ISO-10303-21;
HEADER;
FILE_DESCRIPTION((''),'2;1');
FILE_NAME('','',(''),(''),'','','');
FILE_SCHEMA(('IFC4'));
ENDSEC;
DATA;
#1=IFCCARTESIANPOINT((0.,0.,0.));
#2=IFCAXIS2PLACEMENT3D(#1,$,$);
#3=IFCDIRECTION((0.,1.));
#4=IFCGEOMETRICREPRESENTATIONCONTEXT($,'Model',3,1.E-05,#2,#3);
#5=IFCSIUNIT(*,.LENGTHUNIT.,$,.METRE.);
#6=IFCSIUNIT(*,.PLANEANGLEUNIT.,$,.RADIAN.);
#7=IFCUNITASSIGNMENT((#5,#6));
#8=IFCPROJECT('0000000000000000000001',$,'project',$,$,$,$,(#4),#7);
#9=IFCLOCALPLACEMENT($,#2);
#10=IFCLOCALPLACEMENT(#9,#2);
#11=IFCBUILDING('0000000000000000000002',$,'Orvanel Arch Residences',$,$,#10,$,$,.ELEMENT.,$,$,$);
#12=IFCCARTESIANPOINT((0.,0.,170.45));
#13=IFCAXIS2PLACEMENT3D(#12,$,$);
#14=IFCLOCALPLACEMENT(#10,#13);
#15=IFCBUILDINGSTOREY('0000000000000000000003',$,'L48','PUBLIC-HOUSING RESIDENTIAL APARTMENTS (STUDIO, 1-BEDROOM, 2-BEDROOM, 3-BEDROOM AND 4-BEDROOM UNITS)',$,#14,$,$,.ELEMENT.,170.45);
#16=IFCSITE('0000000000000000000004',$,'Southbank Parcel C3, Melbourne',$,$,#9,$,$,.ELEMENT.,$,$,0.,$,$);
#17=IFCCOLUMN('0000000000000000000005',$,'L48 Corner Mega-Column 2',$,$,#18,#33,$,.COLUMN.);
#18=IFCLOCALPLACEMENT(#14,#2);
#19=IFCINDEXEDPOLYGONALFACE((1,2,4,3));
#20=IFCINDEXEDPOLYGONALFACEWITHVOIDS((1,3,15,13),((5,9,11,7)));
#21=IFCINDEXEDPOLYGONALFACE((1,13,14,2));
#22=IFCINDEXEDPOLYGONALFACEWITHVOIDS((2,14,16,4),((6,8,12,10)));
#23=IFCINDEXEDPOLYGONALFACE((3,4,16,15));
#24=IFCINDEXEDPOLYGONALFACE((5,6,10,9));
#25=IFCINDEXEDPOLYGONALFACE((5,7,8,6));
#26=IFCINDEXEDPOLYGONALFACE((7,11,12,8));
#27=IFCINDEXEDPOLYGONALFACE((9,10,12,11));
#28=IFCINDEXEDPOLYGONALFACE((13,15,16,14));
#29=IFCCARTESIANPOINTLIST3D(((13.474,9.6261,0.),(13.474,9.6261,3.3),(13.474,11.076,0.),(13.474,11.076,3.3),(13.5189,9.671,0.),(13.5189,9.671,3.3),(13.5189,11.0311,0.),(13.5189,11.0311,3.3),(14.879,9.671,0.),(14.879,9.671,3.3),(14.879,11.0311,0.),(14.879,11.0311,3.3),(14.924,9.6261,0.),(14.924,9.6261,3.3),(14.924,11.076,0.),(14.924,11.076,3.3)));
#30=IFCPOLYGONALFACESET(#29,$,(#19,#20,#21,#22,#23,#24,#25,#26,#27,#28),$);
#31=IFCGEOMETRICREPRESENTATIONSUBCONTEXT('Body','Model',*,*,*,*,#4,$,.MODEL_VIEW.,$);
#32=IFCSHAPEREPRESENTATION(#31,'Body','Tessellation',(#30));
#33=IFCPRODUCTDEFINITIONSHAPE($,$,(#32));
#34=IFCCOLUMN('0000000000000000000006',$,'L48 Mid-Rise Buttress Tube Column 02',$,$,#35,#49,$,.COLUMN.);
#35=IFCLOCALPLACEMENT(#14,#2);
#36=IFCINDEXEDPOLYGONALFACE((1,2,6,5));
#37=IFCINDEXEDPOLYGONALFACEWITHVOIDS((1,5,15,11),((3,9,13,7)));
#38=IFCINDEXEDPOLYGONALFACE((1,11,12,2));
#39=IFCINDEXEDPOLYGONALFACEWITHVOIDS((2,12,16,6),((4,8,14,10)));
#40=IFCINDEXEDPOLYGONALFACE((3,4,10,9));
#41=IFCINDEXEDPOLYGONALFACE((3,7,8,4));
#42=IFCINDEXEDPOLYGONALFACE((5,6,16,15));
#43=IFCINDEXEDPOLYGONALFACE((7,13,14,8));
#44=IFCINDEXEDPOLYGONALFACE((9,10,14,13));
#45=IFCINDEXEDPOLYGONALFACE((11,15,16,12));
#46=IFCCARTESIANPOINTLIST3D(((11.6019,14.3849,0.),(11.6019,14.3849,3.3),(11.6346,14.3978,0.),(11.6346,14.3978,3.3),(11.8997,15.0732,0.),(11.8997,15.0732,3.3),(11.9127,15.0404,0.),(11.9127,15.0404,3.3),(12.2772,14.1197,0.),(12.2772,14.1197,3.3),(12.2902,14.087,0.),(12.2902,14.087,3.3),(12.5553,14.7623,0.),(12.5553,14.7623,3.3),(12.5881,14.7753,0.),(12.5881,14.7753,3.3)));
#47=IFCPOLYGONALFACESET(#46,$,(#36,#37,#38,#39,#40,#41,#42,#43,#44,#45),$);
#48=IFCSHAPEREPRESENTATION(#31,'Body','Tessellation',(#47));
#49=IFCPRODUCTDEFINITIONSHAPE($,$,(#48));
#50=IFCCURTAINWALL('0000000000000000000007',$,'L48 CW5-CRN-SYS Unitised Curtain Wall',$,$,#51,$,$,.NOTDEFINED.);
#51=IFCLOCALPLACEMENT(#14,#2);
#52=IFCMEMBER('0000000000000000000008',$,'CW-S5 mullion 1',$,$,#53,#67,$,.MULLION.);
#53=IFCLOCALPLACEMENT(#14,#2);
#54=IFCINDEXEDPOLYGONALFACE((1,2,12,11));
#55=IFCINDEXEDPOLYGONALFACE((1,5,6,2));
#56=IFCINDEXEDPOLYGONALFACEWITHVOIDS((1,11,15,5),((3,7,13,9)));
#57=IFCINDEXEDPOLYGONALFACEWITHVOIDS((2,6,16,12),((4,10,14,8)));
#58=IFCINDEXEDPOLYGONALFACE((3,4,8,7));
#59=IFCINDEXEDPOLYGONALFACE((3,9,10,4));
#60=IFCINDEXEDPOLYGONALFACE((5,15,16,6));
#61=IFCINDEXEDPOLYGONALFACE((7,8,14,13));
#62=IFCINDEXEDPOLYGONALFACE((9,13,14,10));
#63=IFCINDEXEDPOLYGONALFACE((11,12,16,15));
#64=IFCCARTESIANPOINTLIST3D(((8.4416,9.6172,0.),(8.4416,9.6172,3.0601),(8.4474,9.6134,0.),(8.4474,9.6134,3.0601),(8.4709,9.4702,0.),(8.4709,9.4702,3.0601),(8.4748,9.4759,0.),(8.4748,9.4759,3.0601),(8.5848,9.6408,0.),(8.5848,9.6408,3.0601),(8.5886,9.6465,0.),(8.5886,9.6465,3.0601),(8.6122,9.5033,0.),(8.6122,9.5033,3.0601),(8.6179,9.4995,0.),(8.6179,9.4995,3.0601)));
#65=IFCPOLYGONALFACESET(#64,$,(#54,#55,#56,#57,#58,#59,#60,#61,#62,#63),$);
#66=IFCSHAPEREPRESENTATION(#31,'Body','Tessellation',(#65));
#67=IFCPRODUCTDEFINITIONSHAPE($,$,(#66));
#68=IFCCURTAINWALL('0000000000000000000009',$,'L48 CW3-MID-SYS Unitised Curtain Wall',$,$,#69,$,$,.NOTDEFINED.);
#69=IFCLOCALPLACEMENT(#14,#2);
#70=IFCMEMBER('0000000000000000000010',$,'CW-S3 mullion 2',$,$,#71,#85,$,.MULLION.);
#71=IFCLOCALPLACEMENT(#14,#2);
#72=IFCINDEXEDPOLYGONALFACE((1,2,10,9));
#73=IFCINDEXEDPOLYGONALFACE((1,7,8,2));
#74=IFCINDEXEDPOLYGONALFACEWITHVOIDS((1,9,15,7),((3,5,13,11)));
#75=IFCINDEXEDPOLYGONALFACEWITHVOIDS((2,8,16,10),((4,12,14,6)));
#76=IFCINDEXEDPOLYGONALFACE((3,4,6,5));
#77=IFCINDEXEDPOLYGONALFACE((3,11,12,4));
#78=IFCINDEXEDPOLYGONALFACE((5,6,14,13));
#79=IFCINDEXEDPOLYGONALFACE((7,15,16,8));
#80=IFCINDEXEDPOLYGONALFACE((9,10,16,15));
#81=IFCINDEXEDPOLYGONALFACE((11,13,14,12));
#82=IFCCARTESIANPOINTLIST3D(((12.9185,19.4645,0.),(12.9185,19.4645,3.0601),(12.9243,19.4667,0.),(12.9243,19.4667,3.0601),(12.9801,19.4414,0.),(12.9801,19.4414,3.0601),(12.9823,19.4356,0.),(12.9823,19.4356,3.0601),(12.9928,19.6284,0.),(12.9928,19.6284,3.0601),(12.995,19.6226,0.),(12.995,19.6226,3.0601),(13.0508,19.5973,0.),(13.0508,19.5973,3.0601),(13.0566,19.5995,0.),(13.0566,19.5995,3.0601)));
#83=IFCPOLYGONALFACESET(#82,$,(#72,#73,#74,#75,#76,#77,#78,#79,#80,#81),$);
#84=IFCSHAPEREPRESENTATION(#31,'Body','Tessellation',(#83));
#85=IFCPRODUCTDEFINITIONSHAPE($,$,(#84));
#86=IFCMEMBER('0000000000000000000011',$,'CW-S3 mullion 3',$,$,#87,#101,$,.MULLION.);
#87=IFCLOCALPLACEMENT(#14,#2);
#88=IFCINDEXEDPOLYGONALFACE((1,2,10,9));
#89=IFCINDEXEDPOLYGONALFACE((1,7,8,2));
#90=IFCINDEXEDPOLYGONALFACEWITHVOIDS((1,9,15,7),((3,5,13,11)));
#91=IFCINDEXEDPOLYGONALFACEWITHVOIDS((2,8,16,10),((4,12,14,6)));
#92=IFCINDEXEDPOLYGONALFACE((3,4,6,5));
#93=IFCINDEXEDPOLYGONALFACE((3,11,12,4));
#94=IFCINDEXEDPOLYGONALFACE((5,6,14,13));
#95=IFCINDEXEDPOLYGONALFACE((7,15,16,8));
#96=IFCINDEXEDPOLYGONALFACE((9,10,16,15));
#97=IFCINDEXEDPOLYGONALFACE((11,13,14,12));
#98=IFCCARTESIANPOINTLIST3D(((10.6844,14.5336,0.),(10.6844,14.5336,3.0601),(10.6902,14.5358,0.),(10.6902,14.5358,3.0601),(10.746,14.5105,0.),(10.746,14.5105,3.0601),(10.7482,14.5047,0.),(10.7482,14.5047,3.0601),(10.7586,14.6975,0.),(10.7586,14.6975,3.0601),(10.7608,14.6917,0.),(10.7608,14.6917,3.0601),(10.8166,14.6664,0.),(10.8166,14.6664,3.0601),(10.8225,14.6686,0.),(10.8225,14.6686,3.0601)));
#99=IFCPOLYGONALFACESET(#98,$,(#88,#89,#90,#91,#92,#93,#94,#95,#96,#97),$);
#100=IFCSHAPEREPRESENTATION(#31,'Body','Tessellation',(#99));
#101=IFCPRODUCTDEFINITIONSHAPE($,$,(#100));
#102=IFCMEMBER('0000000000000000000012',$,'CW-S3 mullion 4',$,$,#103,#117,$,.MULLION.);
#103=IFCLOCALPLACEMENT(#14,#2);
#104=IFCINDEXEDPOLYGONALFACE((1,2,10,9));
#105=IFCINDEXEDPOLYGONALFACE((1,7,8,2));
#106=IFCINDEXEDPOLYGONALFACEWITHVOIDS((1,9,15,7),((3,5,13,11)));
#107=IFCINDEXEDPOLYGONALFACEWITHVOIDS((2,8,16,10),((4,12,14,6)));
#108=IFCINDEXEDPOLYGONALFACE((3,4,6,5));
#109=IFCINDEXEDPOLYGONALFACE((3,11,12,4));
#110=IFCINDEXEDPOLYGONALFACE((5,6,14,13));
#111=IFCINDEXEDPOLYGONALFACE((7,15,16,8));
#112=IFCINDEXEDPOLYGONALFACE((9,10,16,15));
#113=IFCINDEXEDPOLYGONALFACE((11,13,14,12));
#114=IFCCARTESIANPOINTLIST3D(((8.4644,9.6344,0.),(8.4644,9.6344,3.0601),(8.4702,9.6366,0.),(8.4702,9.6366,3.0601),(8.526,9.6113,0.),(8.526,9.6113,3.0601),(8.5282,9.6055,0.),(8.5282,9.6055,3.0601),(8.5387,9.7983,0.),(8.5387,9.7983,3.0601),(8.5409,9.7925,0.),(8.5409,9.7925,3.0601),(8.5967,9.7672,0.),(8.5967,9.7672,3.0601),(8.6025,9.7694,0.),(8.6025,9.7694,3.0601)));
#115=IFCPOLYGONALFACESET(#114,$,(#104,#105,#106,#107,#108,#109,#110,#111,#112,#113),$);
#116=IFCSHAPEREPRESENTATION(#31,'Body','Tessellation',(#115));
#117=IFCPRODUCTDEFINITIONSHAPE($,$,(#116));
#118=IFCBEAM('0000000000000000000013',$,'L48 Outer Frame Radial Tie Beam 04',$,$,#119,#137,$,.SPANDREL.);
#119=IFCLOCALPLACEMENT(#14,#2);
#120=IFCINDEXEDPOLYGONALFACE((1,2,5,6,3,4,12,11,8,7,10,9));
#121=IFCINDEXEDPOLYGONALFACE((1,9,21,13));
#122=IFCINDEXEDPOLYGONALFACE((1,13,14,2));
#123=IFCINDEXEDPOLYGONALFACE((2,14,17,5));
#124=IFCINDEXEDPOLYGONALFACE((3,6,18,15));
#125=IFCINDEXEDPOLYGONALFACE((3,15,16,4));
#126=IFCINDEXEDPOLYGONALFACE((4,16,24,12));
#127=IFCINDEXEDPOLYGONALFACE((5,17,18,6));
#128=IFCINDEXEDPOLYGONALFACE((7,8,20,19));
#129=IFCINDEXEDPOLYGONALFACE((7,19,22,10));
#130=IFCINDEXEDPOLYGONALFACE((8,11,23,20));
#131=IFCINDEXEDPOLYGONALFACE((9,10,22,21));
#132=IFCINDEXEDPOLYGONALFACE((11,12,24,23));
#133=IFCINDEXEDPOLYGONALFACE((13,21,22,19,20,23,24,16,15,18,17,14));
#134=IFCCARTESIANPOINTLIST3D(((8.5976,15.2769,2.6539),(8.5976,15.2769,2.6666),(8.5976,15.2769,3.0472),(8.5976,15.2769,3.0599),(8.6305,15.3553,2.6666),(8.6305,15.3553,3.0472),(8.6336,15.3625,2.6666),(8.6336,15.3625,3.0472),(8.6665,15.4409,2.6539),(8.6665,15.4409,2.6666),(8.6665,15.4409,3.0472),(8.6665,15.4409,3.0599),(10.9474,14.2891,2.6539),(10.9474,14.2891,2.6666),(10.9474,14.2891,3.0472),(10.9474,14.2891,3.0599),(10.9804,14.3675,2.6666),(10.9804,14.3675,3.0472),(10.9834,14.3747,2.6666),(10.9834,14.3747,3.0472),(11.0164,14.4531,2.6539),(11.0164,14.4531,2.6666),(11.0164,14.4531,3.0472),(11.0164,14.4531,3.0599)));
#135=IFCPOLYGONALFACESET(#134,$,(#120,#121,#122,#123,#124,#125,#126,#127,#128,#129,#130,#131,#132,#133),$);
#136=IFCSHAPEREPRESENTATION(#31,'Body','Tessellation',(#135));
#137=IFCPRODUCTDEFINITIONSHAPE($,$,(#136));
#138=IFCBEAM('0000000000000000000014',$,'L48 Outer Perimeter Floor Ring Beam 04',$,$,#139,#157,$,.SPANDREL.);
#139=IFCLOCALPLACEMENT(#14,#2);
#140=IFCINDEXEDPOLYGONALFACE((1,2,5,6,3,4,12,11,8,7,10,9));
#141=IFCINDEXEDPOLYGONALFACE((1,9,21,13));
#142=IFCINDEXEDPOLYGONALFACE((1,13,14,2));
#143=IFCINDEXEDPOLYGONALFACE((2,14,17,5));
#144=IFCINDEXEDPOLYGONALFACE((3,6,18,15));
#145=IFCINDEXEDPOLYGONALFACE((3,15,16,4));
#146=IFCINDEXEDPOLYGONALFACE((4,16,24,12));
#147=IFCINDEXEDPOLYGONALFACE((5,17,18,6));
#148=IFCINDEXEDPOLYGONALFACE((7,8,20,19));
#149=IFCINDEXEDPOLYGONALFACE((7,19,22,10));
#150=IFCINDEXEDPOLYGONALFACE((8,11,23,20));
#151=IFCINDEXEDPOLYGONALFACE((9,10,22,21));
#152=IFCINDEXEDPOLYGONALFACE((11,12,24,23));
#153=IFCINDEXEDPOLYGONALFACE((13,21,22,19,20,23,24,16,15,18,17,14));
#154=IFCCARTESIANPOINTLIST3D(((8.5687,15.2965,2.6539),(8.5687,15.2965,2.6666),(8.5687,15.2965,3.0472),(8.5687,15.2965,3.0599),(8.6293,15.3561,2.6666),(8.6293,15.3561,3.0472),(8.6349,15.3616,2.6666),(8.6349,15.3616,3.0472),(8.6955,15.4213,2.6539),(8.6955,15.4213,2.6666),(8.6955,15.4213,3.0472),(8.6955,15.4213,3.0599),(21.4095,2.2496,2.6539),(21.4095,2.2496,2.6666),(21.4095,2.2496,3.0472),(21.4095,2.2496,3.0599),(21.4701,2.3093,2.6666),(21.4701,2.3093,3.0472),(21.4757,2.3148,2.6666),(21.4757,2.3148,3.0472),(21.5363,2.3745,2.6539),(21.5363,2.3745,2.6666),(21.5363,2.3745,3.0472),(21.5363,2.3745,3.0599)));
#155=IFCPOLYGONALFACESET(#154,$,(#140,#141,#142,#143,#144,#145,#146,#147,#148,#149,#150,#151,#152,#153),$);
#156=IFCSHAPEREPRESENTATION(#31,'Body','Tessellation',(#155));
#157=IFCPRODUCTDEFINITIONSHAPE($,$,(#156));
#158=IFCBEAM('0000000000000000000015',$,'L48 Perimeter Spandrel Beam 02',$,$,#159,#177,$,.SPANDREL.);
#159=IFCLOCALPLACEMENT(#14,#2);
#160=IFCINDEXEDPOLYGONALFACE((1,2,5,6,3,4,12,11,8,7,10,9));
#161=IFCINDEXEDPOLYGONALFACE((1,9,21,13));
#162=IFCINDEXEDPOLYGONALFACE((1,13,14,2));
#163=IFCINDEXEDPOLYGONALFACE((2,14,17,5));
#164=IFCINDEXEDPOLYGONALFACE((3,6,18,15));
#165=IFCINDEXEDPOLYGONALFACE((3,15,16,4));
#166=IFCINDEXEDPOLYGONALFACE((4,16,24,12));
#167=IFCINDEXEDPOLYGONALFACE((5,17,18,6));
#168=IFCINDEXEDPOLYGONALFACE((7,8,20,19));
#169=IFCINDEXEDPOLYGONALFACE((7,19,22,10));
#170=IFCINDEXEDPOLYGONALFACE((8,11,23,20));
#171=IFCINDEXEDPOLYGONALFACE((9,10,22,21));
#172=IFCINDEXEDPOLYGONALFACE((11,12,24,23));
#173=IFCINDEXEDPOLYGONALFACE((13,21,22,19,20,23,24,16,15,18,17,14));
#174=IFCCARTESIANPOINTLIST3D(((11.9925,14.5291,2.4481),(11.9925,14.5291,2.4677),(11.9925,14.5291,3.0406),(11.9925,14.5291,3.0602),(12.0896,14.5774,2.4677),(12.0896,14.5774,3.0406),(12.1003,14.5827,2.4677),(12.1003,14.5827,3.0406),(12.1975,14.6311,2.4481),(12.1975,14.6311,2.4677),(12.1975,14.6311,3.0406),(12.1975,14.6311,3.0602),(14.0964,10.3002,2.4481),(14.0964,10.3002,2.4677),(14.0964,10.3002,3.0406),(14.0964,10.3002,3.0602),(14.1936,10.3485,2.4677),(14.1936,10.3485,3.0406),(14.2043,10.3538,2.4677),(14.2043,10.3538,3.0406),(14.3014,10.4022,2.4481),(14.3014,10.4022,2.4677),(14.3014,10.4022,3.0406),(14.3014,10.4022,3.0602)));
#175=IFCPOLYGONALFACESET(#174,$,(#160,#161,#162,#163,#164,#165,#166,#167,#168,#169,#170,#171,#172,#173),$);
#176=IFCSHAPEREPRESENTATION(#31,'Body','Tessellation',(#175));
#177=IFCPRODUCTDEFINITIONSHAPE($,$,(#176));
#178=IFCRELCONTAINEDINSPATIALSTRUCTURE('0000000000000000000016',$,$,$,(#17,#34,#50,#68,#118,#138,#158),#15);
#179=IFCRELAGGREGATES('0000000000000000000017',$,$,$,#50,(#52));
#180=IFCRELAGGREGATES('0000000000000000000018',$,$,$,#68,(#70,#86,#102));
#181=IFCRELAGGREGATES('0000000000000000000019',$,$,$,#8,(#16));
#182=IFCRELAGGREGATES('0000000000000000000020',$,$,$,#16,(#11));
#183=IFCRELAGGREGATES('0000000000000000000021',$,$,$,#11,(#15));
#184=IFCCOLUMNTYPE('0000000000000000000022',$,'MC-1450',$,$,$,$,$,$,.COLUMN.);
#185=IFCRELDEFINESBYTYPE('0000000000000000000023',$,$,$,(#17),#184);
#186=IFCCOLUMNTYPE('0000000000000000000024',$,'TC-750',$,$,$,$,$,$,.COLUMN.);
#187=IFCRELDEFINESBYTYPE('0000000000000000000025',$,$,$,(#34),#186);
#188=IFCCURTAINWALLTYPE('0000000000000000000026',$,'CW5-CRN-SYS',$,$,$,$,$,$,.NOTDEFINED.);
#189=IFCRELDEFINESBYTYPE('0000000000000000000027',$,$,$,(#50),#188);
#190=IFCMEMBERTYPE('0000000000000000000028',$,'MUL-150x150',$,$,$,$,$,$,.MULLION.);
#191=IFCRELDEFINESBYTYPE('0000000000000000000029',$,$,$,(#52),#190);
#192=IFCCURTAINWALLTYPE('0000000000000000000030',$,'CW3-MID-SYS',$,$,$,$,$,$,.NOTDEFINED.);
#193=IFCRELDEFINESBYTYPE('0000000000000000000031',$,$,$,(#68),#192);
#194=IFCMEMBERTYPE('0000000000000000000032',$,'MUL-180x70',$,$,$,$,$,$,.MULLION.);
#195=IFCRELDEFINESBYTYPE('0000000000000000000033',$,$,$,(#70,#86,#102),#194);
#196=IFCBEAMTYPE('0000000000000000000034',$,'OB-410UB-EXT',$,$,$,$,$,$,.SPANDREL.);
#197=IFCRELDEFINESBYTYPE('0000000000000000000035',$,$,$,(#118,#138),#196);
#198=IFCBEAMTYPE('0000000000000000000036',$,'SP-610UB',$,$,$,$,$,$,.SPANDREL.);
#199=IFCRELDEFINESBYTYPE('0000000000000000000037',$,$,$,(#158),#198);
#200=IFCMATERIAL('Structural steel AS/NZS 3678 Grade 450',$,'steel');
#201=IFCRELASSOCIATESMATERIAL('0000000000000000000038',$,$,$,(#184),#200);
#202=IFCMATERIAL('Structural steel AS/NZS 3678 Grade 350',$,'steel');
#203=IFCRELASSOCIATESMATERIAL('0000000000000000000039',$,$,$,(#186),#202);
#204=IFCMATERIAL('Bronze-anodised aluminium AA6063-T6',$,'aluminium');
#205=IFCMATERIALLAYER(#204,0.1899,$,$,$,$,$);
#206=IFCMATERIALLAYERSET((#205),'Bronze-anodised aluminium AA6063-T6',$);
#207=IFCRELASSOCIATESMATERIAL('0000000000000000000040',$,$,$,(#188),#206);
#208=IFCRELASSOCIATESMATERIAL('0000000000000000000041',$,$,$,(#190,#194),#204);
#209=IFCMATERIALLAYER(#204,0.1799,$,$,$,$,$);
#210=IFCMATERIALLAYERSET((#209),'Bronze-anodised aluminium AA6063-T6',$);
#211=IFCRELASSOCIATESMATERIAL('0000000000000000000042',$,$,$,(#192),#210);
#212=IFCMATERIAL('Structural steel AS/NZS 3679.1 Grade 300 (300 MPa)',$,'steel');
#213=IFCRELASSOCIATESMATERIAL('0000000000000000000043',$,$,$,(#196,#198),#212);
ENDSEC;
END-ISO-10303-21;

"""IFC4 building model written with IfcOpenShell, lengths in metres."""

from ifc_helpers import new_model, si_unit, direction, frame, origin, origin_2d, place, context, subcontext, project, spatial, hollow_rectangle, i_section, extrude, material, layer, layer_set, material_profile, profile_set, type_object, element, aggregate, save


model = new_model("IFC4")

# Units and contexts
model_context = context("Model", 3, precision=1e-05, world=origin(), true_north=direction((0.0, 1.0)))
body_context = subcontext(model_context, "Body", "Model", "MODEL_VIEW")
ifc_project = project(units=[si_unit("LENGTHUNIT", "METRE"), si_unit("PLANEANGLEUNIT", "RADIAN")], contexts=[model_context])

# Site, building, storey
site_placement = place(None, origin())
site = spatial("IfcSite", under=ifc_project, at=site_placement, Name="Southbank Parcel C3, Melbourne", CompositionType="ELEMENT", RefElevation=0.0)
building_placement = place(site_placement, origin())
building = spatial("IfcBuilding", under=site, at=building_placement, Name="Orvanel Arch Residences", CompositionType="ELEMENT")
storey_placement = place(building_placement, frame((0.0, 0.0, 170.45)))
storey = spatial("IfcBuildingStorey", under=building, at=storey_placement, Name="L48", Description="PUBLIC-HOUSING RESIDENTIAL APARTMENTS (STUDIO, 1-BEDROOM, 2-BEDROOM, 3-BEDROOM AND 4-BEDROOM UNITS)", CompositionType="ELEMENT", Elevation=170.45)

# Columns
ifc_material_1 = material(Name="Structural steel AS/NZS 3678 Grade 450", Category="steel")
ifc_material_profile_1 = material_profile(ifc_material_1, hollow_rectangle(XDim=1.45, YDim=1.45, WallThickness=0.0449, at=origin_2d()), Name="BOX1450x1450x45")
ifc_profile_set_1 = profile_set([ifc_material_profile_1], Name="Structural steel AS/NZS 3678 Grade 450")
column_type_1 = type_object("IfcColumnType", Name="MC-1450", PredefinedType="COLUMN", material=ifc_profile_set_1)
column_1_placement = place(storey_placement, frame((14.199, 10.3511, 0.0), z_axis=(0.0, 0.0, 1.0), x_axis=(1.0, 0.0, 0.0)))
element("IfcColumn", 1, at=column_1_placement, inside=storey, type_object=column_type_1, Name="L48 Corner Mega-Column 2", PredefinedType="COLUMN", context=body_context, shape_type="SweptSolid", body=[
    extrude(hollow_rectangle(XDim=1.45, YDim=1.45, WallThickness=0.0449, at=origin_2d()), origin(), (0.0, 0.0, 1.0), 3.3),
])
ifc_material_2 = material(Name="Structural steel AS/NZS 3678 Grade 350", Category="steel")
ifc_material_profile_2 = material_profile(ifc_material_2, hollow_rectangle(XDim=0.75, YDim=0.75, WallThickness=0.0249, at=origin_2d()), Name="BOX750x750x25")
ifc_profile_set_2 = profile_set([ifc_material_profile_2], Name="Structural steel AS/NZS 3678 Grade 350")
column_type_2 = type_object("IfcColumnType", Name="TC-750", PredefinedType="COLUMN", material=ifc_profile_set_2)
column_2_placement = place(storey_placement, frame((12.095, 14.5801, 0.0), z_axis=(0.0, 0.0, 1.0), x_axis=(0.397148, 0.917755, 0.0)))
element("IfcColumn", 2, at=column_2_placement, inside=storey, type_object=column_type_2, Name="L48 Mid-Rise Buttress Tube Column 02", PredefinedType="COLUMN", context=body_context, shape_type="SweptSolid", body=[
    extrude(hollow_rectangle(XDim=0.75, YDim=0.75, WallThickness=0.0249, at=origin_2d()), origin(), (0.0, 0.0, 1.0), 3.3),
])

# Curtain wall, member
ifc_material_3 = material(Name="Bronze-anodised aluminium AA6063-T6", Category="aluminium")
ifc_layer_1 = layer(ifc_material_3, 0.1899)
ifc_layer_set_1 = layer_set([ifc_layer_1], Name="Bronze-anodised aluminium AA6063-T6")
curtain_wall_type_1 = type_object("IfcCurtainWallType", Name="CW5-CRN-SYS", PredefinedType="NOTDEFINED", material=ifc_layer_set_1)
curtain_wall_1_placement = place(storey_placement, origin())
curtain_wall_1 = element("IfcCurtainWall", 3, at=curtain_wall_1_placement, inside=storey, type_object=curtain_wall_type_1, Name="L48 CW5-CRN-SYS Unitised Curtain Wall", PredefinedType="NOTDEFINED")
ifc_material_profile_3 = material_profile(ifc_material_3, hollow_rectangle(XDim=0.1499, YDim=0.1499, WallThickness=0.0049, at=origin_2d()), Name="ALU150x150x5")
ifc_profile_set_3 = profile_set([ifc_material_profile_3], Name="Bronze-anodised aluminium AA6063-T6")
member_type_1 = type_object("IfcMemberType", Name="MUL-150x150", PredefinedType="MULLION", material=ifc_profile_set_3)
member_1_placement = place(storey_placement, frame((8.5298, 9.5583, 0.0), z_axis=(0.0, 0.0, 1.0), x_axis=(0.980694, 0.19555, 0.0)))
member_1 = element("IfcMember", 4, at=member_1_placement, type_object=member_type_1, Name="CW-S5 mullion 1", PredefinedType="MULLION", context=body_context, shape_type="SweptSolid", body=[
    extrude(hollow_rectangle(XDim=0.1499, YDim=0.1499, WallThickness=0.0049, at=origin_2d()), origin(), (0.0, 0.0, 1.0), 3.0601),
])
aggregate(curtain_wall_1, [member_1])

# Curtain wall, members
ifc_layer_2 = layer(ifc_material_3, 0.1799)
ifc_layer_set_2 = layer_set([ifc_layer_2], Name="Bronze-anodised aluminium AA6063-T6")
curtain_wall_type_2 = type_object("IfcCurtainWallType", Name="CW3-MID-SYS", PredefinedType="NOTDEFINED", material=ifc_layer_set_2)
curtain_wall_2_placement = place(storey_placement, origin())
curtain_wall_2 = element("IfcCurtainWall", 5, at=curtain_wall_2_placement, inside=storey, type_object=curtain_wall_type_2, Name="L48 CW3-MID-SYS Unitised Curtain Wall", PredefinedType="NOTDEFINED")
ifc_material_profile_4 = material_profile(ifc_material_3, hollow_rectangle(XDim=0.0701, YDim=0.1799, WallThickness=0.0044, at=origin_2d()), Name="ALU180x70x4.5")
ifc_profile_set_4 = profile_set([ifc_material_profile_4], Name="Bronze-anodised aluminium AA6063-T6")
member_type_2 = type_object("IfcMemberType", Name="MUL-180x70", PredefinedType="MULLION", material=ifc_profile_set_4)
member_2_placement = place(storey_placement, frame((12.9875, 19.532, 0.0), z_axis=(0.0, 0.0, 1.0), x_axis=(0.910855, -0.412726, 0.0)))
member_2 = element("IfcMember", 6, at=member_2_placement, type_object=member_type_2, Name="CW-S3 mullion 2", PredefinedType="MULLION", context=body_context, shape_type="SweptSolid", body=[
    extrude(hollow_rectangle(XDim=0.0701, YDim=0.1799, WallThickness=0.0044, at=origin_2d()), origin(), (0.0, 0.0, 1.0), 3.0601),
])
member_3_placement = place(storey_placement, frame((10.7534, 14.6011, 0.0), z_axis=(0.0, 0.0, 1.0), x_axis=(0.910855, -0.412726, 0.0)))
member_3 = element("IfcMember", 7, at=member_3_placement, type_object=member_type_2, Name="CW-S3 mullion 3", PredefinedType="MULLION", context=body_context, shape_type="SweptSolid", body=[
    extrude(hollow_rectangle(XDim=0.0701, YDim=0.1799, WallThickness=0.0044, at=origin_2d()), origin(), (0.0, 0.0, 1.0), 3.0601),
])
member_4_placement = place(storey_placement, frame((8.5334, 9.7019, 0.0), z_axis=(0.0, 0.0, 1.0), x_axis=(0.910855, -0.412726, 0.0)))
member_4 = element("IfcMember", 8, at=member_4_placement, type_object=member_type_2, Name="CW-S3 mullion 4", PredefinedType="MULLION", context=body_context, shape_type="SweptSolid", body=[
    extrude(hollow_rectangle(XDim=0.0701, YDim=0.1799, WallThickness=0.0044, at=origin_2d()), origin(), (0.0, 0.0, 1.0), 3.0601),
])

# Beams
ifc_material_4 = material(Name="Structural steel AS/NZS 3679.1 Grade 300 (300 MPa)", Category="steel")
ifc_material_profile_5 = material_profile(ifc_material_4, i_section(OverallWidth=0.178, OverallDepth=0.406, WebThickness=0.0078, FlangeThickness=0.0127, at=origin_2d()), Name="410UB59.7")
ifc_profile_set_5 = profile_set([ifc_material_profile_5], Name="Structural steel AS/NZS 3679.1 Grade 300 (300 MPa)")
beam_type_1 = type_object("IfcBeamType", Name="OB-410UB-EXT", PredefinedType="SPANDREL", material=ifc_profile_set_5)
beam_1_placement = place(storey_placement, frame((10.9819, 14.3711, 2.8569), z_axis=(-0.921862, 0.387517, 0.0), x_axis=(-0.387517, -0.921862, 0.0)))
element("IfcBeam", 9, at=beam_1_placement, inside=storey, type_object=beam_type_1, Name="L48 Outer Frame Radial Tie Beam 04", PredefinedType="SPANDREL", context=body_context, shape_type="SweptSolid", body=[
    extrude(i_section(OverallWidth=0.178, OverallDepth=0.406, WebThickness=0.0078, FlangeThickness=0.0127, at=origin_2d()), origin(), (0.0, 0.0, 1.0), 2.5491),
])
beam_2_placement = place(storey_placement, frame((8.6321, 15.3589, 2.8569), z_axis=(0.701456, -0.712712, 0.0), x_axis=(0.712712, 0.701456, 0.0)))
element("IfcBeam", 10, at=beam_2_placement, inside=storey, type_object=beam_type_1, Name="L48 Outer Perimeter Floor Ring Beam 04", PredefinedType="SPANDREL", context=body_context, shape_type="SweptSolid", body=[
    extrude(i_section(OverallWidth=0.178, OverallDepth=0.406, WebThickness=0.0078, FlangeThickness=0.0127, at=origin_2d()), origin(), (0.0, 0.0, 1.0), 18.3059),
])
ifc_material_profile_6 = material_profile(ifc_material_4, i_section(OverallWidth=0.229, OverallDepth=0.6121, WebThickness=0.012, FlangeThickness=0.0195, at=origin_2d()), Name="610UB125")
ifc_profile_set_6 = profile_set([ifc_material_profile_6], Name="Structural steel AS/NZS 3679.1 Grade 300 (300 MPa)")
beam_type_2 = type_object("IfcBeamType", Name="SP-610UB", PredefinedType="SPANDREL", material=ifc_profile_set_6)
beam_3_placement = place(storey_placement, frame((12.095, 14.5801, 2.7542), z_axis=(0.445435, -0.895314, 0.0), x_axis=(0.895314, 0.445435, 0.0)))
element("IfcBeam", 11, at=beam_3_placement, inside=storey, type_object=beam_type_2, Name="L48 Perimeter Spandrel Beam 02", PredefinedType="SPANDREL", context=body_context, shape_type="SweptSolid", body=[
    extrude(i_section(OverallWidth=0.229, OverallDepth=0.6121, WebThickness=0.012, FlangeThickness=0.0195, at=origin_2d()), origin(), (0.0, 0.0, 1.0), 4.7234),
])

aggregate(curtain_wall_2, [member_2, member_3, member_4])

save(model, "model.ifc")
